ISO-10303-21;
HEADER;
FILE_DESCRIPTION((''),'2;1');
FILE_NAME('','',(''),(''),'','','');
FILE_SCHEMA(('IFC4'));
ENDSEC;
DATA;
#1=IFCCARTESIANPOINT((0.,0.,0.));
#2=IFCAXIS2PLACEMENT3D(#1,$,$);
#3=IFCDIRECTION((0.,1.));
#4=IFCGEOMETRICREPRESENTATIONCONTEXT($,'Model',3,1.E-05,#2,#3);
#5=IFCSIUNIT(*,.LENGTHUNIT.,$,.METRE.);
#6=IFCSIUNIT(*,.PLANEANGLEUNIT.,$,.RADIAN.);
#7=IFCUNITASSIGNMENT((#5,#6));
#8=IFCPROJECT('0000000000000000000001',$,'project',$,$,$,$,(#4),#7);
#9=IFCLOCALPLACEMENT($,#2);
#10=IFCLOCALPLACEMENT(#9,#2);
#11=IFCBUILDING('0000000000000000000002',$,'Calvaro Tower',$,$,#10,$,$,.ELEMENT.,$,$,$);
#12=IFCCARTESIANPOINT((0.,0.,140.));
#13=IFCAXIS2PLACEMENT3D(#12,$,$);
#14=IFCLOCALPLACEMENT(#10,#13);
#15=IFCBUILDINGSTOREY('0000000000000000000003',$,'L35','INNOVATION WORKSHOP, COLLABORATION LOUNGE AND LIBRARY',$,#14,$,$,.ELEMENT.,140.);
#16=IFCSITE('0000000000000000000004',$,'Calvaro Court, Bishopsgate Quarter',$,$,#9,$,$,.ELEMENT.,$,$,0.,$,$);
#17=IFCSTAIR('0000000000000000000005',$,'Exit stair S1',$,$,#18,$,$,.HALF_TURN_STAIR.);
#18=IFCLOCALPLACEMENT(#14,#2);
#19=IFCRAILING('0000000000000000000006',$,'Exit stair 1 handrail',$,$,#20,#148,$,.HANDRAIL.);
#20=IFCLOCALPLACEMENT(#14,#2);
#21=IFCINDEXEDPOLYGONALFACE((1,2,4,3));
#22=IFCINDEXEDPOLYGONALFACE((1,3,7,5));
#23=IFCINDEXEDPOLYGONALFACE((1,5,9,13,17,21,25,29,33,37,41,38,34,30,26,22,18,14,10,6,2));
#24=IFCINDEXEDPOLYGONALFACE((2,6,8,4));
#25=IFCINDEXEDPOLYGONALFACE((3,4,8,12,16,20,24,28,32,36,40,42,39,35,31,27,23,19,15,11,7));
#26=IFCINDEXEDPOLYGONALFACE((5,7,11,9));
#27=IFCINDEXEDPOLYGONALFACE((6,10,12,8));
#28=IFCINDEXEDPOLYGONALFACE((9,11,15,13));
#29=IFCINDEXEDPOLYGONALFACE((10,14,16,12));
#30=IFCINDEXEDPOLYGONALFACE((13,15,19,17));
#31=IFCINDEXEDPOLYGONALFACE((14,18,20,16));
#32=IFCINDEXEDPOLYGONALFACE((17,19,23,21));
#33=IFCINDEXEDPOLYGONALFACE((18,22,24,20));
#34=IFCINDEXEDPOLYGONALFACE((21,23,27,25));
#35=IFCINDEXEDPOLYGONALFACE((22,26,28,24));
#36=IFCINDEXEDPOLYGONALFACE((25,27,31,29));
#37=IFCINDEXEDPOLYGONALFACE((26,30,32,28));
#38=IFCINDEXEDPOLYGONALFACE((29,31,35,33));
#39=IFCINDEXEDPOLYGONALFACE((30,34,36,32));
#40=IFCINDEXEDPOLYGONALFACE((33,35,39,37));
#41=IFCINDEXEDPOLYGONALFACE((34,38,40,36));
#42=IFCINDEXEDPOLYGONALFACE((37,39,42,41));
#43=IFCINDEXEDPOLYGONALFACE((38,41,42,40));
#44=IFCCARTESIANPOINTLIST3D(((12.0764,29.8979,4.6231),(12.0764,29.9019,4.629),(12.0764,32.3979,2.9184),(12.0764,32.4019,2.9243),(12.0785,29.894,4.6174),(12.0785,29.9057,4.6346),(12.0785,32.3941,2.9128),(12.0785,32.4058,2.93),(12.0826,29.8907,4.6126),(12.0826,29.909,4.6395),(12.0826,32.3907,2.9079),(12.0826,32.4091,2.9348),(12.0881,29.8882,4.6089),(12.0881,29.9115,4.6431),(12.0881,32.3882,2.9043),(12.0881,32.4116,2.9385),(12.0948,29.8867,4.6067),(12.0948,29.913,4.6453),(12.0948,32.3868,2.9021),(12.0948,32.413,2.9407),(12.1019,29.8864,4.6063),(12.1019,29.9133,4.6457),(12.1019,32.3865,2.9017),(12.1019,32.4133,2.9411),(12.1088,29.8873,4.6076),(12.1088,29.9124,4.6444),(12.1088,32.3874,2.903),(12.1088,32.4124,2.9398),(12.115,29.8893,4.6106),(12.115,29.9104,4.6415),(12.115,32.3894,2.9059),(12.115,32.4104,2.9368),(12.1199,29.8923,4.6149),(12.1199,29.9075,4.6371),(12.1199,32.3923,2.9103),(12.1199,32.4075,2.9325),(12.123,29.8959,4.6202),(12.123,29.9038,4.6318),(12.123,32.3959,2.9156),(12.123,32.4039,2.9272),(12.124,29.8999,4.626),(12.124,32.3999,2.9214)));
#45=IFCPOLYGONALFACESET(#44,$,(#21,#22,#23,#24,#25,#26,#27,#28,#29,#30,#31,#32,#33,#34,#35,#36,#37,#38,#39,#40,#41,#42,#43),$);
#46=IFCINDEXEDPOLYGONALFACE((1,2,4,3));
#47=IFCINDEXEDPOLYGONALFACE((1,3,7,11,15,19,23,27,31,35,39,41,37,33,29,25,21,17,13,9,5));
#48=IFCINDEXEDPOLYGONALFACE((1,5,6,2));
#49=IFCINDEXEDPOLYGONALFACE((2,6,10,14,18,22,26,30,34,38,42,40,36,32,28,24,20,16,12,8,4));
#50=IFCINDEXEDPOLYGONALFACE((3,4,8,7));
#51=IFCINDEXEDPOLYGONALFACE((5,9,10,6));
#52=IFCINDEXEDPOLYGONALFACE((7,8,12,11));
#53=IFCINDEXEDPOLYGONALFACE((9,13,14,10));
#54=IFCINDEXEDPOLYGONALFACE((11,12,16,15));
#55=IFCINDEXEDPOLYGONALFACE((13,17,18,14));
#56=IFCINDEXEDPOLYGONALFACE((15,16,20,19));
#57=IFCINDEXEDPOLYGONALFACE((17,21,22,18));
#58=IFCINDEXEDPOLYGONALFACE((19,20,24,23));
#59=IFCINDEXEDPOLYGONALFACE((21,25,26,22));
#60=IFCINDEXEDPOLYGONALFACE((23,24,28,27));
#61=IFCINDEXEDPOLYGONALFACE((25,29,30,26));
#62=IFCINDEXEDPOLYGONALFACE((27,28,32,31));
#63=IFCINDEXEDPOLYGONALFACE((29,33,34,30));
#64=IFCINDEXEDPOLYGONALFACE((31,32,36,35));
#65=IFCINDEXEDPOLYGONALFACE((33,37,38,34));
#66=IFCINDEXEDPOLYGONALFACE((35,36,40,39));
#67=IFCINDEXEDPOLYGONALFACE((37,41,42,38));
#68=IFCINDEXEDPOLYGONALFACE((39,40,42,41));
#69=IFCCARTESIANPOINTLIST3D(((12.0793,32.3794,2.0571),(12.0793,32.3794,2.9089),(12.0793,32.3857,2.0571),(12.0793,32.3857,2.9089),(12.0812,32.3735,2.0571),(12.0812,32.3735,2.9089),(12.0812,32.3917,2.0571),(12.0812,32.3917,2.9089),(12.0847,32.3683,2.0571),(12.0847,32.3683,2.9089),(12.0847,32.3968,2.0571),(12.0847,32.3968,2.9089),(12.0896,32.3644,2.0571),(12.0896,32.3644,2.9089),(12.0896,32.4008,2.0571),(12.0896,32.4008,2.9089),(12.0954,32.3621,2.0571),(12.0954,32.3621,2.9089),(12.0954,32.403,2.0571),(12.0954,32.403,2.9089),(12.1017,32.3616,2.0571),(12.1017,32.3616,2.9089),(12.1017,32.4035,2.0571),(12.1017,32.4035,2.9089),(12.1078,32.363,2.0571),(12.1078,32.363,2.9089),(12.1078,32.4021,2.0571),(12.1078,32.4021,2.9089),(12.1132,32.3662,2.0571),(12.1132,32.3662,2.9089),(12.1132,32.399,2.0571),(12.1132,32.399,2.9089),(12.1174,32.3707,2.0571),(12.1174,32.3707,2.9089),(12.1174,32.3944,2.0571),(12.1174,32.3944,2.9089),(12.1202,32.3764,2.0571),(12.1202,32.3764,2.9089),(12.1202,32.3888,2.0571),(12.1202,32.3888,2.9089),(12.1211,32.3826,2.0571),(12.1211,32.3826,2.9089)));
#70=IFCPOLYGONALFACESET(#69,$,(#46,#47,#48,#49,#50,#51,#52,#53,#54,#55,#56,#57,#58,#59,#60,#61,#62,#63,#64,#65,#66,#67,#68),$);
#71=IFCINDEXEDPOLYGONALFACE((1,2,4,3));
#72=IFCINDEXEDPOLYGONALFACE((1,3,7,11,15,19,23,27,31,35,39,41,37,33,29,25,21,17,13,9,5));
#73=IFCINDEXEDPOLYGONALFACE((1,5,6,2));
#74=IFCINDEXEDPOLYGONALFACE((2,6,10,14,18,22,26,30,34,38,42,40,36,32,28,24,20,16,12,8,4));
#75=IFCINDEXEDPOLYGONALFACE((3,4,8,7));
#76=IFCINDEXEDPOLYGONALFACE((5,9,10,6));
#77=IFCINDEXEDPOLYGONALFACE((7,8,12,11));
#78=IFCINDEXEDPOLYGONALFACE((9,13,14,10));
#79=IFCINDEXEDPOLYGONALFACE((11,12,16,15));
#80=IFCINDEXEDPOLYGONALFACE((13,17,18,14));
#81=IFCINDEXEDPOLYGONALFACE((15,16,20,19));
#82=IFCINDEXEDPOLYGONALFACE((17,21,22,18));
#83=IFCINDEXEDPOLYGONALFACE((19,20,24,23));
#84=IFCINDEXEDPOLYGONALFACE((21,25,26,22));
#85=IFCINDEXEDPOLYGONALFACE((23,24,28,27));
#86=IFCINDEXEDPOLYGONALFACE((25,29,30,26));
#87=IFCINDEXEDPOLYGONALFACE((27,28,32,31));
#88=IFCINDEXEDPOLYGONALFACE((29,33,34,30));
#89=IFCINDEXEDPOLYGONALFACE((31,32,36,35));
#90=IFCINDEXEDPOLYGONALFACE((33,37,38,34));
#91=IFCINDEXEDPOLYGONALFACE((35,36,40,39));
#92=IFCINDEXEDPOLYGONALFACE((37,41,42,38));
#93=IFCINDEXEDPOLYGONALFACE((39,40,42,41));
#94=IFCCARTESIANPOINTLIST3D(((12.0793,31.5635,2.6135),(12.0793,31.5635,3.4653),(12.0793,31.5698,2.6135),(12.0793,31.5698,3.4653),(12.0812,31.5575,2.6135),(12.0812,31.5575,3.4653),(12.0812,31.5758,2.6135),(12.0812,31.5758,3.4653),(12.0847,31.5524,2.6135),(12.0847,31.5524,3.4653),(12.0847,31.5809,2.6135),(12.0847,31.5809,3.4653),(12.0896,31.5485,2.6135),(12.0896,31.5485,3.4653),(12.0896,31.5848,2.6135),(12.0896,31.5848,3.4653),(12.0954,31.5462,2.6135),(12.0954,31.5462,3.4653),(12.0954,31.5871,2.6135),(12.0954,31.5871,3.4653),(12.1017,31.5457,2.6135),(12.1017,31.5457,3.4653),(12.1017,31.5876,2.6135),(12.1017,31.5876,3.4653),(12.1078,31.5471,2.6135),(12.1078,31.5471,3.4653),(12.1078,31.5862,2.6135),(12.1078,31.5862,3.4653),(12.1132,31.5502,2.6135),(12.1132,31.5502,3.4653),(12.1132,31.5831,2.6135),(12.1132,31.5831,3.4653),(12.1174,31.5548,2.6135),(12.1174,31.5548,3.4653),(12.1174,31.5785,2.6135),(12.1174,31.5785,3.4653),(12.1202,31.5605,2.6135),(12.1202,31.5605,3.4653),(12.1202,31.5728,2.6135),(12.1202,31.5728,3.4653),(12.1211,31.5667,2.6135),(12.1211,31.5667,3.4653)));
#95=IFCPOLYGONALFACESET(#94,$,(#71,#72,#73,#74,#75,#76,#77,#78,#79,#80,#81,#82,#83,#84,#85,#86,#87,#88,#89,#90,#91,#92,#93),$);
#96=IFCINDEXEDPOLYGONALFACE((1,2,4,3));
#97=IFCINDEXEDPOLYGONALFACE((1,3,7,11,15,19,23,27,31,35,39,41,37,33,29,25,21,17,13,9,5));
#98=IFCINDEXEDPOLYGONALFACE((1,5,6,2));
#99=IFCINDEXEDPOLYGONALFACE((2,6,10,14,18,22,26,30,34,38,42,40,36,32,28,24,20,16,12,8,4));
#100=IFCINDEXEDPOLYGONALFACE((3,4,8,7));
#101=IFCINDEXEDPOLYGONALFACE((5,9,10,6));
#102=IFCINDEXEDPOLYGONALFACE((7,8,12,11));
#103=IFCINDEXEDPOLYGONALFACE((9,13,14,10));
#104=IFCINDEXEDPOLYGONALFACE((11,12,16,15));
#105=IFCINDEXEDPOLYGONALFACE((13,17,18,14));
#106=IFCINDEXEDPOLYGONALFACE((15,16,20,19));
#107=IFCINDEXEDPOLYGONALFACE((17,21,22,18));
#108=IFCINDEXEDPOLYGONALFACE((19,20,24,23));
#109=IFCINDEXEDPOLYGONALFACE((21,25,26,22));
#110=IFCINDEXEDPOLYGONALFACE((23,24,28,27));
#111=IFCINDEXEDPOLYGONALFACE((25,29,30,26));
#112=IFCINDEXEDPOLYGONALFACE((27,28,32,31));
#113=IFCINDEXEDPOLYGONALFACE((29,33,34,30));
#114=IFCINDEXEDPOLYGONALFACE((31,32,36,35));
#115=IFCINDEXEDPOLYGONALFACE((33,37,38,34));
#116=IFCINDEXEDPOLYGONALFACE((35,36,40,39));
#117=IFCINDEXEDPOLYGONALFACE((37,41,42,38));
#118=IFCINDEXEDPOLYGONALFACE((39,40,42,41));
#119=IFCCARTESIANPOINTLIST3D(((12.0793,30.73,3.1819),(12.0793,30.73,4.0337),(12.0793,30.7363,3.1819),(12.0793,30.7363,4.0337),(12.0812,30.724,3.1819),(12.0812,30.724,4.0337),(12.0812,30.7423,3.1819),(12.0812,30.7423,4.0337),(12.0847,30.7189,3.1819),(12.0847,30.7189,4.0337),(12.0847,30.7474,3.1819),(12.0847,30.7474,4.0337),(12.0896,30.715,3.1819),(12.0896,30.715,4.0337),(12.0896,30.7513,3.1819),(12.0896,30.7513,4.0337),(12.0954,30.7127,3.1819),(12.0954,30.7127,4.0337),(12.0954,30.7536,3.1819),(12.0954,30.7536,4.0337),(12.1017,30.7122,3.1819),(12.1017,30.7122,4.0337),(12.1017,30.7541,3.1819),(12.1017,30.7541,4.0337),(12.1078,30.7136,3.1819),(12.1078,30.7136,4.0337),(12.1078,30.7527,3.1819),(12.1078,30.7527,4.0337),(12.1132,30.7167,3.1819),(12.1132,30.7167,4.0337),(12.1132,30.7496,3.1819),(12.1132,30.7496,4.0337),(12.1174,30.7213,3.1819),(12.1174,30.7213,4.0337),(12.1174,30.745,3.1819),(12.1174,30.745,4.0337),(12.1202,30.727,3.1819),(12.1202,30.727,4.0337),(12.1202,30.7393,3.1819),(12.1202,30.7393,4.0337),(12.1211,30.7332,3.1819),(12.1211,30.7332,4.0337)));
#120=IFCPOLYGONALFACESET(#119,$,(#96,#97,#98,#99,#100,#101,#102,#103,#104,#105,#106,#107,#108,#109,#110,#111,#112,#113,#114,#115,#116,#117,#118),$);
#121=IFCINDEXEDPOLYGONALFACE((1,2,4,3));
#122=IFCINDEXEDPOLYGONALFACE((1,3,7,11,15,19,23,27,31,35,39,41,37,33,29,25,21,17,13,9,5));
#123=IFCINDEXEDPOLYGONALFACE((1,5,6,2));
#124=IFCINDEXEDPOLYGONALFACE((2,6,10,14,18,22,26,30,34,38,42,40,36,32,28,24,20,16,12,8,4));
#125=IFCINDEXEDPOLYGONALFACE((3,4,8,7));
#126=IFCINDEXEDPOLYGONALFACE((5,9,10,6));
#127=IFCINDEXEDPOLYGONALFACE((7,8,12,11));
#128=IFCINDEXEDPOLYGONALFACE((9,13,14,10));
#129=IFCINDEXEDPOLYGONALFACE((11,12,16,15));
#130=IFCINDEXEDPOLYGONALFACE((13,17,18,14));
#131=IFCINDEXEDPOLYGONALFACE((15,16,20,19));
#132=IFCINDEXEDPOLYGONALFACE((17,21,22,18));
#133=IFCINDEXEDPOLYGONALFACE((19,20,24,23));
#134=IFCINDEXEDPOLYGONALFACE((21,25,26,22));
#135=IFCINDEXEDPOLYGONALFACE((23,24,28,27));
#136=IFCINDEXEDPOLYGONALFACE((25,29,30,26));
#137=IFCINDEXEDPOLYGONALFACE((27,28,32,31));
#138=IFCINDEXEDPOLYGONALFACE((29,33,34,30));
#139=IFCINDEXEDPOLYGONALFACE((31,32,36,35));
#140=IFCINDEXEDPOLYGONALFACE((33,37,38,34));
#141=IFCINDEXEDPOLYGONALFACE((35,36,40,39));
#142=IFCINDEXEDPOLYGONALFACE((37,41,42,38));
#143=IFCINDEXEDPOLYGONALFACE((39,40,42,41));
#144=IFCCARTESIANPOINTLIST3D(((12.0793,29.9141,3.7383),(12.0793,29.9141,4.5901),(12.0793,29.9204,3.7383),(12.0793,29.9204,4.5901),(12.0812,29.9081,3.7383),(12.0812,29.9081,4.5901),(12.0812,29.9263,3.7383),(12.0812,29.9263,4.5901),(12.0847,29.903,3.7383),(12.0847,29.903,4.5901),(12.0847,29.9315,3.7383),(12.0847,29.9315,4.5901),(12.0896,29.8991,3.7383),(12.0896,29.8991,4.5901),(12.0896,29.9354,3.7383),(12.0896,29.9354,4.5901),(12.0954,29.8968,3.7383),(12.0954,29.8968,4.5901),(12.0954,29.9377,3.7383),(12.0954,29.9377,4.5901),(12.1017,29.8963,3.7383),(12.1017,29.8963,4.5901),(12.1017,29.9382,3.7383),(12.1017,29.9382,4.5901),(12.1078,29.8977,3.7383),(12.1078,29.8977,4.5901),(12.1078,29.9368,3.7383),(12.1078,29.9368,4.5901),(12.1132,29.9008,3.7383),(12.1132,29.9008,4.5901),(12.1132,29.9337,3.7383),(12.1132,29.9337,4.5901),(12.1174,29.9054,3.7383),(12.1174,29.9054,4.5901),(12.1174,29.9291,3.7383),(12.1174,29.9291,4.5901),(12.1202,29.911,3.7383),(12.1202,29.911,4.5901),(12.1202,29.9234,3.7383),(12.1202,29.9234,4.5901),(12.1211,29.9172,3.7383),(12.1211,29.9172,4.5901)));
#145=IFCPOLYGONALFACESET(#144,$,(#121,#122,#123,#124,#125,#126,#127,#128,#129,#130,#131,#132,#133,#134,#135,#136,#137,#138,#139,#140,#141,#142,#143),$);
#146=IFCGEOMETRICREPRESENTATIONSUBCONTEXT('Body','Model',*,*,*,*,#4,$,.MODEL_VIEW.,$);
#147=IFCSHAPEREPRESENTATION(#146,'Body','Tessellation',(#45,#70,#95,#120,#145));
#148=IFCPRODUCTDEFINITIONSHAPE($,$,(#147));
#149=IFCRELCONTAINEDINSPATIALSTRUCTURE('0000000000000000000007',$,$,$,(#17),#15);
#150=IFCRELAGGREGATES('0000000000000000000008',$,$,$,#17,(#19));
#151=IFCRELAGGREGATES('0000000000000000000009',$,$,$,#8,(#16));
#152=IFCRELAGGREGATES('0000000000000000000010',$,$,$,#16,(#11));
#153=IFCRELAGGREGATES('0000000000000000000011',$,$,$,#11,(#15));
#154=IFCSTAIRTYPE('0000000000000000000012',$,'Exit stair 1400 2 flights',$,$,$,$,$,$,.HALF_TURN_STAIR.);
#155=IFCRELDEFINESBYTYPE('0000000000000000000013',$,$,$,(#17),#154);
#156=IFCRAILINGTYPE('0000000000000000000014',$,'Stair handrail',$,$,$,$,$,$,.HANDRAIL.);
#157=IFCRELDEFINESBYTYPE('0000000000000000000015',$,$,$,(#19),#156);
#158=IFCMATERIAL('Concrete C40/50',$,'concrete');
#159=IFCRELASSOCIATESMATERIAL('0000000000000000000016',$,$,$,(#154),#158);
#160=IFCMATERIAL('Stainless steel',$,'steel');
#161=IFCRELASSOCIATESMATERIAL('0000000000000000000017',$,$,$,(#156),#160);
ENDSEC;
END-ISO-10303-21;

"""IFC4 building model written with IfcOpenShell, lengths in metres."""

from ifc_helpers import new_model, si_unit, direction, frame, origin, origin_2d, place, context, subcontext, project, spatial, circle, extrude, material, type_object, element, aggregate, save


model = new_model("IFC4")

# Units and contexts
model_context = context("Model", 3, precision=1e-05, world=origin(), true_north=direction((0.0, 1.0)))
body_context = subcontext(model_context, "Body", "Model", "MODEL_VIEW")
ifc_project = project(units=[si_unit("LENGTHUNIT", "METRE"), si_unit("PLANEANGLEUNIT", "RADIAN")], contexts=[model_context])

# Site, building, storey
site_placement = place(None, origin())
site = spatial("IfcSite", under=ifc_project, at=site_placement, Name="Calvaro Court, Bishopsgate Quarter", CompositionType="ELEMENT", RefElevation=0.0)
building_placement = place(site_placement, origin())
building = spatial("IfcBuilding", under=site, at=building_placement, Name="Calvaro Tower", CompositionType="ELEMENT")
storey_placement = place(building_placement, frame((0.0, 0.0, 140.0)))
storey = spatial("IfcBuildingStorey", under=building, at=storey_placement, Name="L35", Description="INNOVATION WORKSHOP, COLLABORATION LOUNGE AND LIBRARY", CompositionType="ELEMENT", Elevation=140.0)

# Stair, railing
ifc_material_1 = material(Name="Concrete C40/50", Category="concrete")
stair_type = type_object("IfcStairType", Name="Exit stair 1400 2 flights", PredefinedType="HALF_TURN_STAIR", material=ifc_material_1)
stair_placement = place(storey_placement, origin())
stair = element("IfcStair", 1, at=stair_placement, inside=storey, type_object=stair_type, Name="Exit stair S1", PredefinedType="HALF_TURN_STAIR")
ifc_material_2 = material(Name="Stainless steel", Category="steel")
railing_type = type_object("IfcRailingType", Name="Stair handrail", PredefinedType="HANDRAIL", material=ifc_material_2)
railing_1_placement = place(storey_placement, frame((12.1001, 32.3999, 2.0454)))
railing_1 = element("IfcRailing", 2, at=railing_1_placement, type_object=railing_type, Name="Exit stair 1 handrail", PredefinedType="HANDRAIL", context=body_context, shape_type="SweptSolid", body=[
    extrude(circle(Radius=0.0239, at=origin_2d()), frame((0.0, 0.0, 0.876), z_axis=(0.0, -0.826221, 0.563347), x_axis=(1.0, 0.0, 0.0)), (0.0, 0.0, 1.0), 3.0259),
    extrude(circle(Radius=0.021, at=origin_2d()), frame((0.0, -0.0173, 0.0117)), (0.0, 0.0, 1.0), 0.8518),
    extrude(circle(Radius=0.021, at=origin_2d()), frame((0.0, -0.8333, 0.5681)), (0.0, 0.0, 1.0), 0.8518),
    extrude(circle(Radius=0.021, at=origin_2d()), frame((0.0, -1.6667, 1.1365)), (0.0, 0.0, 1.0), 0.8518),
    extrude(circle(Radius=0.021, at=origin_2d()), frame((0.0, -2.4827, 1.6929)), (0.0, 0.0, 1.0), 0.8518),
])
aggregate(stair, [railing_1])

save(model, "model.ifc")
